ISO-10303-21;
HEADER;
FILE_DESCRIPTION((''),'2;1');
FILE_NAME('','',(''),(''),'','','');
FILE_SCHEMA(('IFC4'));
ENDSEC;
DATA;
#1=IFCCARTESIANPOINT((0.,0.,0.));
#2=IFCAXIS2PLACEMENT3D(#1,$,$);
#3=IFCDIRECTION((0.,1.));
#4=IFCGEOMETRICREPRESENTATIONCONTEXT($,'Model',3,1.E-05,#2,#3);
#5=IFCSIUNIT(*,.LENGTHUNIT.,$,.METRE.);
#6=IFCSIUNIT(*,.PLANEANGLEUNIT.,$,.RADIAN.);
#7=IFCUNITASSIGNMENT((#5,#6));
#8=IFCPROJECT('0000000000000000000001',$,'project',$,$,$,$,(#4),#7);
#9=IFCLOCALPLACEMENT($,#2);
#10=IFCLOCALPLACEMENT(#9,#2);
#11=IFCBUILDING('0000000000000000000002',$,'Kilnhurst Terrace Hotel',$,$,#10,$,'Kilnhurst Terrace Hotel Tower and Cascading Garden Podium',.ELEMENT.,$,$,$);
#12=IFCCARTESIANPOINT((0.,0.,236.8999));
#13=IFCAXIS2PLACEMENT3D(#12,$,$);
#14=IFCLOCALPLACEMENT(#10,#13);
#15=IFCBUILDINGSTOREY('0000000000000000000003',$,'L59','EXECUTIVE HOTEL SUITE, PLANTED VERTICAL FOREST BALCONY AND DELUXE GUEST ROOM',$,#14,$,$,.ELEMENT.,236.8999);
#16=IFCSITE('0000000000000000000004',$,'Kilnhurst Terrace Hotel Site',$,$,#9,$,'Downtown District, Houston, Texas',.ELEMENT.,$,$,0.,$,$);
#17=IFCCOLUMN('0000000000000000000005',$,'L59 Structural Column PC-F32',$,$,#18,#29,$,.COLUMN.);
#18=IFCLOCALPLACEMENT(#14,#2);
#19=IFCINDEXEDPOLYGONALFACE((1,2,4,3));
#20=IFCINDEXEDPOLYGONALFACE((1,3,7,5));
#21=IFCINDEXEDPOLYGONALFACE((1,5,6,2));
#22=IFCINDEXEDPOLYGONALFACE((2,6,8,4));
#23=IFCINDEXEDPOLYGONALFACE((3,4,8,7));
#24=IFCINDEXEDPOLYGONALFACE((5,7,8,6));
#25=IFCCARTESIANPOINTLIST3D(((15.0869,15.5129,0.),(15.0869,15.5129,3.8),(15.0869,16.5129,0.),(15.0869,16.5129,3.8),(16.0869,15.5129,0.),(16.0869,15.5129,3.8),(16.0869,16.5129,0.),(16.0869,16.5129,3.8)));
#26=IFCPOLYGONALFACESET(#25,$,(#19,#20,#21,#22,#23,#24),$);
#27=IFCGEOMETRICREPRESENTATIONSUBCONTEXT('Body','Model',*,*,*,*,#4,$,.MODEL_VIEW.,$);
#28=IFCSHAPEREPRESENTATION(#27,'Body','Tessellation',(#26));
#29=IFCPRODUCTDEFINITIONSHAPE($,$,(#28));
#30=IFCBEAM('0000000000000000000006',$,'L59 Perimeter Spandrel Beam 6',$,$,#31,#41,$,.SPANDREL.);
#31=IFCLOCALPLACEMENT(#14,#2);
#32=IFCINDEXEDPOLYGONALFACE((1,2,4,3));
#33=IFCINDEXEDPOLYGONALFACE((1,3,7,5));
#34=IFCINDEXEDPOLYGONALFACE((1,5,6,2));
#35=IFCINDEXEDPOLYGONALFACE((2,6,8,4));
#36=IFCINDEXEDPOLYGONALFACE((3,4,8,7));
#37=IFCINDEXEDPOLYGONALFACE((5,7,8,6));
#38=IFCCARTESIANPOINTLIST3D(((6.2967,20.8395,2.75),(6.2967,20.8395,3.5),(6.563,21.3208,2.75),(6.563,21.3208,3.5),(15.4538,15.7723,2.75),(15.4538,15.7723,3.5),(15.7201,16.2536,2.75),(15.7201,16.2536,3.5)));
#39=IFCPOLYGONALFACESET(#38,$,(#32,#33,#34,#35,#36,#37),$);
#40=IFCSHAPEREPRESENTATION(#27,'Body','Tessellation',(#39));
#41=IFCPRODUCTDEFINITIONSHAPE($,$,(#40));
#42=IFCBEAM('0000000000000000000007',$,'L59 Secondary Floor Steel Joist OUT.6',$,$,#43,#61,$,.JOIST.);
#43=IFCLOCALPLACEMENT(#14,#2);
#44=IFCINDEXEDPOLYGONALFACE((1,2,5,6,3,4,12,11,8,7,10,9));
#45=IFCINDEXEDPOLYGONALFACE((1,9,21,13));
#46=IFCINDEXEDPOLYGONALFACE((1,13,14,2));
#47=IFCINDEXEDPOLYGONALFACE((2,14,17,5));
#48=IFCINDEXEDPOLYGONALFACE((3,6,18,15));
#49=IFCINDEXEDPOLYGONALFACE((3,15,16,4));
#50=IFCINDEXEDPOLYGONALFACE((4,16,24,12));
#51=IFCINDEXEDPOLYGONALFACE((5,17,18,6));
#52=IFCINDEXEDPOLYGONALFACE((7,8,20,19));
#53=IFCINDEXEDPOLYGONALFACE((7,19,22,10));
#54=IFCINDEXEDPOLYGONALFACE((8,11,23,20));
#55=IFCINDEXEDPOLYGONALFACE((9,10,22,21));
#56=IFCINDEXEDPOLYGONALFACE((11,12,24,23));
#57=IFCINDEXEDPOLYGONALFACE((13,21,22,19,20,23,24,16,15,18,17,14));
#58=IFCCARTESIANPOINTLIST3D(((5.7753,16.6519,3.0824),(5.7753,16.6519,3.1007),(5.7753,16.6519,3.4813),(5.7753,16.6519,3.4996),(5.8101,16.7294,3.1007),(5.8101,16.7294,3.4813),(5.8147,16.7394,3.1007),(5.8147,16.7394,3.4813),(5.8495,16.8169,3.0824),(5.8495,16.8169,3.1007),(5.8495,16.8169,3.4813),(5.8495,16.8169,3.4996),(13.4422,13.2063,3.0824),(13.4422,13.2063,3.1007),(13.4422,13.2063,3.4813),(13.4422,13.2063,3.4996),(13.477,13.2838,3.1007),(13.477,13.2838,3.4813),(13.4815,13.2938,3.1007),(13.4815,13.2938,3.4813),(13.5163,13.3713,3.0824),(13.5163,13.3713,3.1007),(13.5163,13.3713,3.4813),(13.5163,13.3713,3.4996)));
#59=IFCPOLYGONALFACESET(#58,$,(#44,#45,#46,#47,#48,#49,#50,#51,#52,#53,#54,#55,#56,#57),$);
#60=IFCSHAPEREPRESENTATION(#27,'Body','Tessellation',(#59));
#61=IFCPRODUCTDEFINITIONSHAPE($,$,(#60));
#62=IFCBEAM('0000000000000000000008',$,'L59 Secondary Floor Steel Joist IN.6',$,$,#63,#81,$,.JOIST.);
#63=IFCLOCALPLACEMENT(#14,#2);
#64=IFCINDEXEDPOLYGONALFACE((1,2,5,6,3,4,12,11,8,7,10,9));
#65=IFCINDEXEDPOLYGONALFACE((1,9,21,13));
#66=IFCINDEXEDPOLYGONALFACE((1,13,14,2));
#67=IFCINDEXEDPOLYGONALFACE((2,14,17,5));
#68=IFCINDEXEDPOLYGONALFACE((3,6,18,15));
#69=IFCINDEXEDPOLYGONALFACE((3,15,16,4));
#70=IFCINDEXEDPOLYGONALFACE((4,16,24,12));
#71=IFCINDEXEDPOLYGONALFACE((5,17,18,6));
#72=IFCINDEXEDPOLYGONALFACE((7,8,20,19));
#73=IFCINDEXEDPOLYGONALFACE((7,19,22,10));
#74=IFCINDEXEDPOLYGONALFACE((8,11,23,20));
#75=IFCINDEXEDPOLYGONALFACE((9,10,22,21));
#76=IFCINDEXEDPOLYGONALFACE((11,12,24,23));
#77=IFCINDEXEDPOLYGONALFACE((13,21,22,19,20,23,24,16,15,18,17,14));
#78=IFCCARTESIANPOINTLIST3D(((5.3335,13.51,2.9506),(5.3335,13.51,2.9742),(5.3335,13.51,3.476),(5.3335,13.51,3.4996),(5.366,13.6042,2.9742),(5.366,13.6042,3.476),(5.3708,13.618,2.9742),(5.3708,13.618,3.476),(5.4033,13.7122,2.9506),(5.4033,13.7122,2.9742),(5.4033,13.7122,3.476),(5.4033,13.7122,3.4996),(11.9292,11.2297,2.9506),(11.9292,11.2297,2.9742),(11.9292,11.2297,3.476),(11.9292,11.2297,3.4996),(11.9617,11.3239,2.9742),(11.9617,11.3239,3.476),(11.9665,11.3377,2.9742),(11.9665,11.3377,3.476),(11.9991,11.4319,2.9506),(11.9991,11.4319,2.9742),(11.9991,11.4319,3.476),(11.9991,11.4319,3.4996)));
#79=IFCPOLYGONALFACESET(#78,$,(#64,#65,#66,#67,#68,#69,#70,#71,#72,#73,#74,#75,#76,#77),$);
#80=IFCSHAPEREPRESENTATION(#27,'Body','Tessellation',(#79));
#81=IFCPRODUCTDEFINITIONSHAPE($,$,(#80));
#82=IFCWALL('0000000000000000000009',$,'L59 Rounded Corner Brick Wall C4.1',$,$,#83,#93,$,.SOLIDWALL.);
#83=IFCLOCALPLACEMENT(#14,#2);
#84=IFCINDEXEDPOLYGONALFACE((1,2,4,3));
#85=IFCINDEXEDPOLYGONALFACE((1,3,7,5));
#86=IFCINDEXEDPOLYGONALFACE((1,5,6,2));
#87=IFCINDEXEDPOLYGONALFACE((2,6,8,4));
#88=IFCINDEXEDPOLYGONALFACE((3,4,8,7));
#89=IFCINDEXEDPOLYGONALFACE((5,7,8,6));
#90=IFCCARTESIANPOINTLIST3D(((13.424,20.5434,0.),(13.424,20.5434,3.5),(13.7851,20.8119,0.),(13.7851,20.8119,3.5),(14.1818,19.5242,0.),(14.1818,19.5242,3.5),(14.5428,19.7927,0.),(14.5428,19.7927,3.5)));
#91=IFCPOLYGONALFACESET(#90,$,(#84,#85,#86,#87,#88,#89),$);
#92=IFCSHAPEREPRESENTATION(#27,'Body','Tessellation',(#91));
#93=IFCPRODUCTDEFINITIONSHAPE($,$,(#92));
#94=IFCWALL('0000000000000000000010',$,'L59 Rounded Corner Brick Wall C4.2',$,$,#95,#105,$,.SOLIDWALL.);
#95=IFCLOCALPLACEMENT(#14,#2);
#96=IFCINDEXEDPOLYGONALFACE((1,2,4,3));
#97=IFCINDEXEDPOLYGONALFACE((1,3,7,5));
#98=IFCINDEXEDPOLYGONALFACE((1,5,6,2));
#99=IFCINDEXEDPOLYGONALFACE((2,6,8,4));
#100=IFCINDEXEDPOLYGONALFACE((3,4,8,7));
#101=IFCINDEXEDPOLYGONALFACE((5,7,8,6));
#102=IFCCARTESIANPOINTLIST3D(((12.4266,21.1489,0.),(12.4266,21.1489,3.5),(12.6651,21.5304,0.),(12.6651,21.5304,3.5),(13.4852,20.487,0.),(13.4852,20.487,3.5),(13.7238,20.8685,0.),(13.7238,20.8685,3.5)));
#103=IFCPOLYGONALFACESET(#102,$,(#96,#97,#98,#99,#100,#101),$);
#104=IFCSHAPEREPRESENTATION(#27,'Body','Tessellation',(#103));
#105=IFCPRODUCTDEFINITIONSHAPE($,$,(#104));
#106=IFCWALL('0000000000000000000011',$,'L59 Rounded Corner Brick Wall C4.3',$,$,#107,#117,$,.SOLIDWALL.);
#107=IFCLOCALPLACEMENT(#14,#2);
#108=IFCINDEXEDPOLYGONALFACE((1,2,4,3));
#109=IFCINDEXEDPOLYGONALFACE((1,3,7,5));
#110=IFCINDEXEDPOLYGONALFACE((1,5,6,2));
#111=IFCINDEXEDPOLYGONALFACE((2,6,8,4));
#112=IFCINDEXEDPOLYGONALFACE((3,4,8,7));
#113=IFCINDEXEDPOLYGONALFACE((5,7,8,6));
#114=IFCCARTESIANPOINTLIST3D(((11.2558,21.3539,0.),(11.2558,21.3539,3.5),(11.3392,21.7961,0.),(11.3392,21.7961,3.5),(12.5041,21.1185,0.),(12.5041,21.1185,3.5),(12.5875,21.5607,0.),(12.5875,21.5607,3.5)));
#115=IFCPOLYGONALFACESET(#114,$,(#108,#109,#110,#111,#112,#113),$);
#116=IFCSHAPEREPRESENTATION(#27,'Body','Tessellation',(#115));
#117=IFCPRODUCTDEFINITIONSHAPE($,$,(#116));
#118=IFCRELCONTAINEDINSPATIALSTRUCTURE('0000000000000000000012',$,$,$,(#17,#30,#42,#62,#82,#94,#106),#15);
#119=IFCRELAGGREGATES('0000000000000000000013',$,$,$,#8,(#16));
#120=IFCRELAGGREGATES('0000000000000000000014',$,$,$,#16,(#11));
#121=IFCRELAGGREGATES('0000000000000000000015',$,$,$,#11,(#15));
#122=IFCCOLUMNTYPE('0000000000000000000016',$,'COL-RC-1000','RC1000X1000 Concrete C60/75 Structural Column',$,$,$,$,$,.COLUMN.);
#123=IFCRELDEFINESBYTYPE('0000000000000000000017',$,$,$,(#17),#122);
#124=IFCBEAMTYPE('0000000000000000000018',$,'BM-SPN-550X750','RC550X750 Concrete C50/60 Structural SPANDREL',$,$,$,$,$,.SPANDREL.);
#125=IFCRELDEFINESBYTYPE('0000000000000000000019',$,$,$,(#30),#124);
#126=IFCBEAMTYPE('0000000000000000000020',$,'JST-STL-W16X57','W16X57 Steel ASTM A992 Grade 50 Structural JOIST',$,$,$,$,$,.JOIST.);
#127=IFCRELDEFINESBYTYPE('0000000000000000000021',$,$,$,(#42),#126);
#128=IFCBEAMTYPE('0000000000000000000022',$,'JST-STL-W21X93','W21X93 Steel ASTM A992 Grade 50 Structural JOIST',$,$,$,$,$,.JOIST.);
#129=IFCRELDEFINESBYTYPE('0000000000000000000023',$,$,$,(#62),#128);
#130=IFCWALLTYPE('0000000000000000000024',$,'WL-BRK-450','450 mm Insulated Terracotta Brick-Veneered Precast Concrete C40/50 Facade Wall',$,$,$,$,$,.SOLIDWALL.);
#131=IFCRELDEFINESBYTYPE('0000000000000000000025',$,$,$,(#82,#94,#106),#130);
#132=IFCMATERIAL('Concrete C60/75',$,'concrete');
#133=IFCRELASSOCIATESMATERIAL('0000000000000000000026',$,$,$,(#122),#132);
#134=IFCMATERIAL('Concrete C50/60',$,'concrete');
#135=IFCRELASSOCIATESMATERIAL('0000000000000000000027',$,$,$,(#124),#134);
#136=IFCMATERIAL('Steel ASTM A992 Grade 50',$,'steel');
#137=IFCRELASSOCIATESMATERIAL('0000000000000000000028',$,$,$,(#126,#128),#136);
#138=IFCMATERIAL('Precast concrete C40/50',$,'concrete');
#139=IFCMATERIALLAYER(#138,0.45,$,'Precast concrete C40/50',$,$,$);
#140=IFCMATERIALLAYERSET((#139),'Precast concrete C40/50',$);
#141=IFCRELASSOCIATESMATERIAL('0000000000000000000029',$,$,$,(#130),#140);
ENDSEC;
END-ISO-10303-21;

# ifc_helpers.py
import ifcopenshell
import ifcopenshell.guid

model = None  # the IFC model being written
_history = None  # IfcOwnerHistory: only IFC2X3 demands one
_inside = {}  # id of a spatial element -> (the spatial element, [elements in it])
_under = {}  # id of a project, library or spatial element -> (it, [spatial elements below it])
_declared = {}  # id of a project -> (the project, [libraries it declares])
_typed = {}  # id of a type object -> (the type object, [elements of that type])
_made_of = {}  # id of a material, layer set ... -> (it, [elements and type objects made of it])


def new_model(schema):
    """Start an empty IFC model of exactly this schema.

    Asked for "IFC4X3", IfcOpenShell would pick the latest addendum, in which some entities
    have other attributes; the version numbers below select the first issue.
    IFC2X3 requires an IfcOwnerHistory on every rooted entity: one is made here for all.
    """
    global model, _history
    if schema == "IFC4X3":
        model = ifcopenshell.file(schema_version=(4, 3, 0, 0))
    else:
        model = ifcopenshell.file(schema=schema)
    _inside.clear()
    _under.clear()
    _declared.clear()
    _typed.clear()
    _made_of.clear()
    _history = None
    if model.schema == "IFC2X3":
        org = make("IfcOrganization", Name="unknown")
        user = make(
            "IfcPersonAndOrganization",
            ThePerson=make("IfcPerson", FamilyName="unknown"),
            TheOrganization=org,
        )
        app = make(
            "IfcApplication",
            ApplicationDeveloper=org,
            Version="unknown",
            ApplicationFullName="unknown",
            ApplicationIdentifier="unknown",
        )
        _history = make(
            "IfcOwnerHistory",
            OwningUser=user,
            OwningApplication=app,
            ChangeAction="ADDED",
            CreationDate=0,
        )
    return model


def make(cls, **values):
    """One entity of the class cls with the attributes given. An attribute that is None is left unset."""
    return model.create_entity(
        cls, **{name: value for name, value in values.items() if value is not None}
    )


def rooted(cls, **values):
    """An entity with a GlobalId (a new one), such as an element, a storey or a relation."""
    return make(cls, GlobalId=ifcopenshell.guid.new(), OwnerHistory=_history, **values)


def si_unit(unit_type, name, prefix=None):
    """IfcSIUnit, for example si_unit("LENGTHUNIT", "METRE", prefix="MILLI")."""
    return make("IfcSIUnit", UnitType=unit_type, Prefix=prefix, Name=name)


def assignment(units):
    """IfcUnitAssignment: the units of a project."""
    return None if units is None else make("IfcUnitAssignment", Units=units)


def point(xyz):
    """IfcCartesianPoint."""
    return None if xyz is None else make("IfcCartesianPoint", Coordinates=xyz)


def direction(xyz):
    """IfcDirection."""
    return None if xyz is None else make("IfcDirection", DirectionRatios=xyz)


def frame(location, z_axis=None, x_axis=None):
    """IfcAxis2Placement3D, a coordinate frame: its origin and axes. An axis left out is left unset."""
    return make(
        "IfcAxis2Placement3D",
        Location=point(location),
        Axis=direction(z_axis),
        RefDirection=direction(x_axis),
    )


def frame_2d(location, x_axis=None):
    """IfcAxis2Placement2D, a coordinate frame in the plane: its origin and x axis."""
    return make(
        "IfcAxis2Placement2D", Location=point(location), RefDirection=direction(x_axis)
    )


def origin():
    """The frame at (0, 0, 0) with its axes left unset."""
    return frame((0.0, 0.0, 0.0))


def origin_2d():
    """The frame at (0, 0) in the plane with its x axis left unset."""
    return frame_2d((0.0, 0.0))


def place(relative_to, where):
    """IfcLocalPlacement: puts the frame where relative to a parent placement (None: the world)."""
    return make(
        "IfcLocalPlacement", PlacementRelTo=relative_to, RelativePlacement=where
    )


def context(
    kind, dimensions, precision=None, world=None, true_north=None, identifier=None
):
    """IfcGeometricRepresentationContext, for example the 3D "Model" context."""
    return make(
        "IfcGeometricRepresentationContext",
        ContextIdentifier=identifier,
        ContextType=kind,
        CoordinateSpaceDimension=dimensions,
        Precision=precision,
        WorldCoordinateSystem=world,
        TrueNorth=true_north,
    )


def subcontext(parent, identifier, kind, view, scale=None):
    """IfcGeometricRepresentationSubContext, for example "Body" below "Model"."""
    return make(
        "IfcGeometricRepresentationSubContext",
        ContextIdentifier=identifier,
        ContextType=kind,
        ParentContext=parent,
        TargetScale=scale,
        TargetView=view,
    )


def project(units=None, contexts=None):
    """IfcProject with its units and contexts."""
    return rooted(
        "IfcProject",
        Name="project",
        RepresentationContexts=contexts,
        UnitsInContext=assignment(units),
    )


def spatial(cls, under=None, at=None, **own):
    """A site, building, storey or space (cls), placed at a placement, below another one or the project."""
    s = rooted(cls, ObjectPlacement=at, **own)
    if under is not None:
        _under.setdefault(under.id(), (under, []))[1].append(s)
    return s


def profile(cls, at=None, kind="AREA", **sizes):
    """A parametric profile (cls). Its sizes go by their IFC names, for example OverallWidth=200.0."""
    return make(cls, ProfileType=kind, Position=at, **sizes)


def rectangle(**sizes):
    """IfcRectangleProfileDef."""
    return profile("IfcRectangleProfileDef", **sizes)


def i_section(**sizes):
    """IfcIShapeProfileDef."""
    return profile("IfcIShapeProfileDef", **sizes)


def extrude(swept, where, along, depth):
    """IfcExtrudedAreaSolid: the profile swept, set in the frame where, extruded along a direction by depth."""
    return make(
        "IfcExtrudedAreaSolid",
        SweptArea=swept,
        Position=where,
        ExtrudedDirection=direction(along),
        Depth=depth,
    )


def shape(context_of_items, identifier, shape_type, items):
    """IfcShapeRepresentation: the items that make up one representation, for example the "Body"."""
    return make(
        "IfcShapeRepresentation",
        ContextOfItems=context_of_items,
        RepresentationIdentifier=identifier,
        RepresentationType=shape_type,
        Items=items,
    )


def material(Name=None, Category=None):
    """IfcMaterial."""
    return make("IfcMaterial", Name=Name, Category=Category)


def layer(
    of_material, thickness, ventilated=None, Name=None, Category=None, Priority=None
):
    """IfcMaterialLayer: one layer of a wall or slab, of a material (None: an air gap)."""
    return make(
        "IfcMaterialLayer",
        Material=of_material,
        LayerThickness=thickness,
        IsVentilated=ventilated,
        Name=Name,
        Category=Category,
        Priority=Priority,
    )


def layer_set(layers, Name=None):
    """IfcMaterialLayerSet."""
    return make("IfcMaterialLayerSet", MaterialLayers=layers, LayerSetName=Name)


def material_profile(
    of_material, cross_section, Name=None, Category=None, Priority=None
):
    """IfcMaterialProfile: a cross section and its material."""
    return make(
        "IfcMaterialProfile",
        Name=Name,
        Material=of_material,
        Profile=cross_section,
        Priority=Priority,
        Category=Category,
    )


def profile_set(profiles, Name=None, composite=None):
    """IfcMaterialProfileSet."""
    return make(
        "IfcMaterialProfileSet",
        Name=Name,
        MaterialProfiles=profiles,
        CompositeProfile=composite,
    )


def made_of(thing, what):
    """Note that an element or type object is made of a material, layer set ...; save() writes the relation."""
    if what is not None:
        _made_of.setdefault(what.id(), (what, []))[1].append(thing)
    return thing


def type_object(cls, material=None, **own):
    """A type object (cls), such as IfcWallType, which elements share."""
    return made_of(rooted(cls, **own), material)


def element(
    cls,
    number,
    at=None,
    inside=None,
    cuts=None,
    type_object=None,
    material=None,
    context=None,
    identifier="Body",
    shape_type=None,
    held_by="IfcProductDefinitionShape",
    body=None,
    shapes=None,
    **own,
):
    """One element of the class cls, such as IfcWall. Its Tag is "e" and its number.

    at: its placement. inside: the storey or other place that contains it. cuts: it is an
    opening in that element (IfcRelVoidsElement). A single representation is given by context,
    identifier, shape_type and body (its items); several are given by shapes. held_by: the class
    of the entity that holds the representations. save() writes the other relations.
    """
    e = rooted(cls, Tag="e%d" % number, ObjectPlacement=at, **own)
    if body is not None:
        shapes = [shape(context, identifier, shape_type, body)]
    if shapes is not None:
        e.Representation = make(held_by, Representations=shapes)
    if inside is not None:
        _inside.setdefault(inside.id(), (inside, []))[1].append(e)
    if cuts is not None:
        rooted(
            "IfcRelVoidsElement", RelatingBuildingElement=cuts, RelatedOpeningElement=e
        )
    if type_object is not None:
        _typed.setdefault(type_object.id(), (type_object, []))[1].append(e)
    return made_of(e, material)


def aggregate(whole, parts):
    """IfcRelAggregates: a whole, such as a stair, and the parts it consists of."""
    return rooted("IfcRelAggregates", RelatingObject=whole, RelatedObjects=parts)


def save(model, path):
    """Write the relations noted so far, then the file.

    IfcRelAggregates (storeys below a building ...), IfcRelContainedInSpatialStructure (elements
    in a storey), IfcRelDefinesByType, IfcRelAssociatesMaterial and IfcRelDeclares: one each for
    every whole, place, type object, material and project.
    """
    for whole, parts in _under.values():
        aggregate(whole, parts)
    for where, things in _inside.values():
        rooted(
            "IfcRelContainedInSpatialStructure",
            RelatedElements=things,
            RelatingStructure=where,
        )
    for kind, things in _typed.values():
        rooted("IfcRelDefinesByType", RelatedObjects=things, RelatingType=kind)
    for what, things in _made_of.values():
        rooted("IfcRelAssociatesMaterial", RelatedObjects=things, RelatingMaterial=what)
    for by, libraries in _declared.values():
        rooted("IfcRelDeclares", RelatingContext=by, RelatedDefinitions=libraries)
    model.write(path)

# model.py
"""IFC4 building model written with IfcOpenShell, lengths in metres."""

from ifc_helpers import new_model, si_unit, direction, frame, frame_2d, origin, origin_2d, place, context, subcontext, project, spatial, rectangle, i_section, extrude, material, layer, layer_set, material_profile, profile_set, type_object, element, save


model = new_model("IFC4")

# Units and contexts
model_context = context("Model", 3, precision=1e-05, world=origin(), true_north=direction((0.0, 1.0)))
body_context = subcontext(model_context, "Body", "Model", "MODEL_VIEW")
ifc_project = project(units=[si_unit("LENGTHUNIT", "METRE"), si_unit("PLANEANGLEUNIT", "RADIAN")], contexts=[model_context])

# Site, building, storey
site_placement = place(None, origin())
site = spatial("IfcSite", under=ifc_project, at=site_placement, Name="Kilnhurst Terrace Hotel Site", LongName="Downtown District, Houston, Texas", CompositionType="ELEMENT", RefElevation=0.0)
building_placement = place(site_placement, origin())
building = spatial("IfcBuilding", under=site, at=building_placement, Name="Kilnhurst Terrace Hotel", LongName="Kilnhurst Terrace Hotel Tower and Cascading Garden Podium", CompositionType="ELEMENT")
storey_placement = place(building_placement, frame((0.0, 0.0, 236.8999)))
storey = spatial("IfcBuildingStorey", under=building, at=storey_placement, Name="L59", Description="EXECUTIVE HOTEL SUITE, PLANTED VERTICAL FOREST BALCONY AND DELUXE GUEST ROOM", CompositionType="ELEMENT", Elevation=236.8999)

# Column
ifc_material_1 = material(Name="Concrete C60/75", Category="concrete")
ifc_material_profile_1 = material_profile(ifc_material_1, rectangle(XDim=1.0, YDim=1.0, at=origin_2d()), Name="RC1000X1000")
ifc_profile_set_1 = profile_set([ifc_material_profile_1], Name="Concrete C60/75")
column_type = type_object("IfcColumnType", Name="COL-RC-1000", Description="RC1000X1000 Concrete C60/75 Structural Column", PredefinedType="COLUMN", material=ifc_profile_set_1)
column_placement = place(storey_placement, frame((15.5869, 16.0129, 0.0), z_axis=(0.0, 0.0, 1.0), x_axis=(1.0, 0.0, 0.0)))
element("IfcColumn", 1, at=column_placement, inside=storey, type_object=column_type, Name="L59 Structural Column PC-F32", PredefinedType="COLUMN", context=body_context, shape_type="SweptSolid", body=[
    extrude(rectangle(XDim=1.0, YDim=1.0, at=origin_2d()), origin(), (0.0, 0.0, 1.0), 3.8),
])

# Beams
ifc_material_2 = material(Name="Concrete C50/60", Category="concrete")
ifc_material_profile_2 = material_profile(ifc_material_2, rectangle(XDim=0.55, YDim=0.75, at=origin_2d()), Name="RC550X750")
ifc_profile_set_2 = profile_set([ifc_material_profile_2], Name="Concrete C50/60")
beam_type_1 = type_object("IfcBeamType", Name="BM-SPN-550X750", Description="RC550X750 Concrete C50/60 Structural SPANDREL", PredefinedType="SPANDREL", material=ifc_profile_set_2)
beam_1_placement = place(storey_placement, frame((15.5869, 16.0129, 3.125), z_axis=(-0.87497, 0.484177, 0.0), x_axis=(-0.484177, -0.87497, 0.0)))
element("IfcBeam", 2, at=beam_1_placement, inside=storey, type_object=beam_type_1, Name="L59 Perimeter Spandrel Beam 6", PredefinedType="SPANDREL", context=body_context, shape_type="SweptSolid", body=[
    extrude(rectangle(XDim=0.55, YDim=0.75, at=origin_2d()), origin(), (0.0, 0.0, 1.0), 10.4656),
])
ifc_material_3 = material(Name="Steel ASTM A992 Grade 50", Category="steel")
ifc_material_profile_3 = material_profile(ifc_material_3, i_section(OverallWidth=0.1809, OverallDepth=0.4172, WebThickness=0.011, FlangeThickness=0.0183, at=origin_2d()), Name="W16X57")
ifc_profile_set_3 = profile_set([ifc_material_profile_3], Name="Steel ASTM A992 Grade 50")
beam_type_2 = type_object("IfcBeamType", Name="JST-STL-W16X57", Description="W16X57 Steel ASTM A992 Grade 50 Structural JOIST", PredefinedType="JOIST", material=ifc_profile_set_3)
beam_2_placement = place(storey_placement, frame((13.4792, 13.2888, 3.291), z_axis=(-0.912121, 0.409921, 0.0), x_axis=(-0.409921, -0.912121, 0.0)))
element("IfcBeam", 3, at=beam_2_placement, inside=storey, type_object=beam_type_2, Name="L59 Secondary Floor Steel Joist OUT.6", PredefinedType="JOIST", context=body_context, shape_type="SweptSolid", body=[
    extrude(i_section(OverallWidth=0.1809, OverallDepth=0.4172, WebThickness=0.011, FlangeThickness=0.0183, at=origin_2d()), origin(), (0.0, 0.0, 1.0), 8.4055),
])
ifc_material_profile_4 = material_profile(ifc_material_3, i_section(OverallWidth=0.2139, OverallDepth=0.5491, WebThickness=0.0146, FlangeThickness=0.0237, at=origin_2d()), Name="W21X93")
ifc_profile_set_4 = profile_set([ifc_material_profile_4], Name="Steel ASTM A992 Grade 50")
beam_type_3 = type_object("IfcBeamType", Name="JST-STL-W21X93", Description="W21X93 Steel ASTM A992 Grade 50 Structural JOIST", PredefinedType="JOIST", material=ifc_profile_set_4)
beam_3_placement = place(storey_placement, frame((11.9641, 11.3308, 3.2251), z_axis=(-0.945112, 0.326745, 0.0), x_axis=(-0.326745, -0.945112, 0.0)))
element("IfcBeam", 4, at=beam_3_placement, inside=storey, type_object=beam_type_3, Name="L59 Secondary Floor Steel Joist IN.6", PredefinedType="JOIST", context=body_context, shape_type="SweptSolid", body=[
    extrude(i_section(OverallWidth=0.2139, OverallDepth=0.5491, WebThickness=0.0146, FlangeThickness=0.0237, at=origin_2d()), origin(), (0.0, 0.0, 1.0), 6.9788),
])

# Walls
ifc_material_4 = material(Name="Precast concrete C40/50", Category="concrete")
ifc_layer_1 = layer(ifc_material_4, 0.45, Name="Precast concrete C40/50")
ifc_layer_set_1 = layer_set([ifc_layer_1], Name="Precast concrete C40/50")
wall_type_1 = type_object("IfcWallType", Name="WL-BRK-450", Description="450 mm Insulated Terracotta Brick-Veneered Precast Concrete C40/50 Facade Wall", PredefinedType="SOLIDWALL", material=ifc_layer_set_1)
wall_1_placement = place(storey_placement, frame((14.3623, 19.6584, 0.0), z_axis=(0.0, 0.0, 1.0), x_axis=(-0.596642, 0.802507, 0.0)))
element("IfcWall", 5, at=wall_1_placement, inside=storey, type_object=wall_type_1, Name="L59 Rounded Corner Brick Wall C4.1", PredefinedType="SOLIDWALL", context=body_context, shape_type="SweptSolid", body=[
    extrude(rectangle(XDim=1.27, YDim=0.45, at=frame_2d((0.635, 0.0))), origin(), (0.0, 0.0, 1.0), 3.5),
])
wall_2_placement = place(storey_placement, frame((13.6045, 20.6777, 0.0), z_axis=(0.0, 0.0, 1.0), x_axis=(-0.84791, 0.53014, 0.0)))
element("IfcWall", 6, at=wall_2_placement, inside=storey, type_object=wall_type_1, Name="L59 Rounded Corner Brick Wall C4.2", PredefinedType="SOLIDWALL", context=body_context, shape_type="SweptSolid", body=[
    extrude(rectangle(XDim=1.2485, YDim=0.45, at=frame_2d((0.6243, 0.0))), origin(), (0.0, 0.0, 1.0), 3.5),
])
wall_3_placement = place(storey_placement, frame((12.5459, 21.3396, 0.0), z_axis=(0.0, 0.0, 1.0), x_axis=(-0.982687, 0.185275, 0.0)))
element("IfcWall", 7, at=wall_3_placement, inside=storey, type_object=wall_type_1, Name="L59 Rounded Corner Brick Wall C4.3", PredefinedType="SOLIDWALL", context=body_context, shape_type="SweptSolid", body=[
    extrude(rectangle(XDim=1.2703, YDim=0.45, at=frame_2d((0.6353, 0.0))), origin(), (0.0, 0.0, 1.0), 3.5),
])

save(model, "model.ifc")
